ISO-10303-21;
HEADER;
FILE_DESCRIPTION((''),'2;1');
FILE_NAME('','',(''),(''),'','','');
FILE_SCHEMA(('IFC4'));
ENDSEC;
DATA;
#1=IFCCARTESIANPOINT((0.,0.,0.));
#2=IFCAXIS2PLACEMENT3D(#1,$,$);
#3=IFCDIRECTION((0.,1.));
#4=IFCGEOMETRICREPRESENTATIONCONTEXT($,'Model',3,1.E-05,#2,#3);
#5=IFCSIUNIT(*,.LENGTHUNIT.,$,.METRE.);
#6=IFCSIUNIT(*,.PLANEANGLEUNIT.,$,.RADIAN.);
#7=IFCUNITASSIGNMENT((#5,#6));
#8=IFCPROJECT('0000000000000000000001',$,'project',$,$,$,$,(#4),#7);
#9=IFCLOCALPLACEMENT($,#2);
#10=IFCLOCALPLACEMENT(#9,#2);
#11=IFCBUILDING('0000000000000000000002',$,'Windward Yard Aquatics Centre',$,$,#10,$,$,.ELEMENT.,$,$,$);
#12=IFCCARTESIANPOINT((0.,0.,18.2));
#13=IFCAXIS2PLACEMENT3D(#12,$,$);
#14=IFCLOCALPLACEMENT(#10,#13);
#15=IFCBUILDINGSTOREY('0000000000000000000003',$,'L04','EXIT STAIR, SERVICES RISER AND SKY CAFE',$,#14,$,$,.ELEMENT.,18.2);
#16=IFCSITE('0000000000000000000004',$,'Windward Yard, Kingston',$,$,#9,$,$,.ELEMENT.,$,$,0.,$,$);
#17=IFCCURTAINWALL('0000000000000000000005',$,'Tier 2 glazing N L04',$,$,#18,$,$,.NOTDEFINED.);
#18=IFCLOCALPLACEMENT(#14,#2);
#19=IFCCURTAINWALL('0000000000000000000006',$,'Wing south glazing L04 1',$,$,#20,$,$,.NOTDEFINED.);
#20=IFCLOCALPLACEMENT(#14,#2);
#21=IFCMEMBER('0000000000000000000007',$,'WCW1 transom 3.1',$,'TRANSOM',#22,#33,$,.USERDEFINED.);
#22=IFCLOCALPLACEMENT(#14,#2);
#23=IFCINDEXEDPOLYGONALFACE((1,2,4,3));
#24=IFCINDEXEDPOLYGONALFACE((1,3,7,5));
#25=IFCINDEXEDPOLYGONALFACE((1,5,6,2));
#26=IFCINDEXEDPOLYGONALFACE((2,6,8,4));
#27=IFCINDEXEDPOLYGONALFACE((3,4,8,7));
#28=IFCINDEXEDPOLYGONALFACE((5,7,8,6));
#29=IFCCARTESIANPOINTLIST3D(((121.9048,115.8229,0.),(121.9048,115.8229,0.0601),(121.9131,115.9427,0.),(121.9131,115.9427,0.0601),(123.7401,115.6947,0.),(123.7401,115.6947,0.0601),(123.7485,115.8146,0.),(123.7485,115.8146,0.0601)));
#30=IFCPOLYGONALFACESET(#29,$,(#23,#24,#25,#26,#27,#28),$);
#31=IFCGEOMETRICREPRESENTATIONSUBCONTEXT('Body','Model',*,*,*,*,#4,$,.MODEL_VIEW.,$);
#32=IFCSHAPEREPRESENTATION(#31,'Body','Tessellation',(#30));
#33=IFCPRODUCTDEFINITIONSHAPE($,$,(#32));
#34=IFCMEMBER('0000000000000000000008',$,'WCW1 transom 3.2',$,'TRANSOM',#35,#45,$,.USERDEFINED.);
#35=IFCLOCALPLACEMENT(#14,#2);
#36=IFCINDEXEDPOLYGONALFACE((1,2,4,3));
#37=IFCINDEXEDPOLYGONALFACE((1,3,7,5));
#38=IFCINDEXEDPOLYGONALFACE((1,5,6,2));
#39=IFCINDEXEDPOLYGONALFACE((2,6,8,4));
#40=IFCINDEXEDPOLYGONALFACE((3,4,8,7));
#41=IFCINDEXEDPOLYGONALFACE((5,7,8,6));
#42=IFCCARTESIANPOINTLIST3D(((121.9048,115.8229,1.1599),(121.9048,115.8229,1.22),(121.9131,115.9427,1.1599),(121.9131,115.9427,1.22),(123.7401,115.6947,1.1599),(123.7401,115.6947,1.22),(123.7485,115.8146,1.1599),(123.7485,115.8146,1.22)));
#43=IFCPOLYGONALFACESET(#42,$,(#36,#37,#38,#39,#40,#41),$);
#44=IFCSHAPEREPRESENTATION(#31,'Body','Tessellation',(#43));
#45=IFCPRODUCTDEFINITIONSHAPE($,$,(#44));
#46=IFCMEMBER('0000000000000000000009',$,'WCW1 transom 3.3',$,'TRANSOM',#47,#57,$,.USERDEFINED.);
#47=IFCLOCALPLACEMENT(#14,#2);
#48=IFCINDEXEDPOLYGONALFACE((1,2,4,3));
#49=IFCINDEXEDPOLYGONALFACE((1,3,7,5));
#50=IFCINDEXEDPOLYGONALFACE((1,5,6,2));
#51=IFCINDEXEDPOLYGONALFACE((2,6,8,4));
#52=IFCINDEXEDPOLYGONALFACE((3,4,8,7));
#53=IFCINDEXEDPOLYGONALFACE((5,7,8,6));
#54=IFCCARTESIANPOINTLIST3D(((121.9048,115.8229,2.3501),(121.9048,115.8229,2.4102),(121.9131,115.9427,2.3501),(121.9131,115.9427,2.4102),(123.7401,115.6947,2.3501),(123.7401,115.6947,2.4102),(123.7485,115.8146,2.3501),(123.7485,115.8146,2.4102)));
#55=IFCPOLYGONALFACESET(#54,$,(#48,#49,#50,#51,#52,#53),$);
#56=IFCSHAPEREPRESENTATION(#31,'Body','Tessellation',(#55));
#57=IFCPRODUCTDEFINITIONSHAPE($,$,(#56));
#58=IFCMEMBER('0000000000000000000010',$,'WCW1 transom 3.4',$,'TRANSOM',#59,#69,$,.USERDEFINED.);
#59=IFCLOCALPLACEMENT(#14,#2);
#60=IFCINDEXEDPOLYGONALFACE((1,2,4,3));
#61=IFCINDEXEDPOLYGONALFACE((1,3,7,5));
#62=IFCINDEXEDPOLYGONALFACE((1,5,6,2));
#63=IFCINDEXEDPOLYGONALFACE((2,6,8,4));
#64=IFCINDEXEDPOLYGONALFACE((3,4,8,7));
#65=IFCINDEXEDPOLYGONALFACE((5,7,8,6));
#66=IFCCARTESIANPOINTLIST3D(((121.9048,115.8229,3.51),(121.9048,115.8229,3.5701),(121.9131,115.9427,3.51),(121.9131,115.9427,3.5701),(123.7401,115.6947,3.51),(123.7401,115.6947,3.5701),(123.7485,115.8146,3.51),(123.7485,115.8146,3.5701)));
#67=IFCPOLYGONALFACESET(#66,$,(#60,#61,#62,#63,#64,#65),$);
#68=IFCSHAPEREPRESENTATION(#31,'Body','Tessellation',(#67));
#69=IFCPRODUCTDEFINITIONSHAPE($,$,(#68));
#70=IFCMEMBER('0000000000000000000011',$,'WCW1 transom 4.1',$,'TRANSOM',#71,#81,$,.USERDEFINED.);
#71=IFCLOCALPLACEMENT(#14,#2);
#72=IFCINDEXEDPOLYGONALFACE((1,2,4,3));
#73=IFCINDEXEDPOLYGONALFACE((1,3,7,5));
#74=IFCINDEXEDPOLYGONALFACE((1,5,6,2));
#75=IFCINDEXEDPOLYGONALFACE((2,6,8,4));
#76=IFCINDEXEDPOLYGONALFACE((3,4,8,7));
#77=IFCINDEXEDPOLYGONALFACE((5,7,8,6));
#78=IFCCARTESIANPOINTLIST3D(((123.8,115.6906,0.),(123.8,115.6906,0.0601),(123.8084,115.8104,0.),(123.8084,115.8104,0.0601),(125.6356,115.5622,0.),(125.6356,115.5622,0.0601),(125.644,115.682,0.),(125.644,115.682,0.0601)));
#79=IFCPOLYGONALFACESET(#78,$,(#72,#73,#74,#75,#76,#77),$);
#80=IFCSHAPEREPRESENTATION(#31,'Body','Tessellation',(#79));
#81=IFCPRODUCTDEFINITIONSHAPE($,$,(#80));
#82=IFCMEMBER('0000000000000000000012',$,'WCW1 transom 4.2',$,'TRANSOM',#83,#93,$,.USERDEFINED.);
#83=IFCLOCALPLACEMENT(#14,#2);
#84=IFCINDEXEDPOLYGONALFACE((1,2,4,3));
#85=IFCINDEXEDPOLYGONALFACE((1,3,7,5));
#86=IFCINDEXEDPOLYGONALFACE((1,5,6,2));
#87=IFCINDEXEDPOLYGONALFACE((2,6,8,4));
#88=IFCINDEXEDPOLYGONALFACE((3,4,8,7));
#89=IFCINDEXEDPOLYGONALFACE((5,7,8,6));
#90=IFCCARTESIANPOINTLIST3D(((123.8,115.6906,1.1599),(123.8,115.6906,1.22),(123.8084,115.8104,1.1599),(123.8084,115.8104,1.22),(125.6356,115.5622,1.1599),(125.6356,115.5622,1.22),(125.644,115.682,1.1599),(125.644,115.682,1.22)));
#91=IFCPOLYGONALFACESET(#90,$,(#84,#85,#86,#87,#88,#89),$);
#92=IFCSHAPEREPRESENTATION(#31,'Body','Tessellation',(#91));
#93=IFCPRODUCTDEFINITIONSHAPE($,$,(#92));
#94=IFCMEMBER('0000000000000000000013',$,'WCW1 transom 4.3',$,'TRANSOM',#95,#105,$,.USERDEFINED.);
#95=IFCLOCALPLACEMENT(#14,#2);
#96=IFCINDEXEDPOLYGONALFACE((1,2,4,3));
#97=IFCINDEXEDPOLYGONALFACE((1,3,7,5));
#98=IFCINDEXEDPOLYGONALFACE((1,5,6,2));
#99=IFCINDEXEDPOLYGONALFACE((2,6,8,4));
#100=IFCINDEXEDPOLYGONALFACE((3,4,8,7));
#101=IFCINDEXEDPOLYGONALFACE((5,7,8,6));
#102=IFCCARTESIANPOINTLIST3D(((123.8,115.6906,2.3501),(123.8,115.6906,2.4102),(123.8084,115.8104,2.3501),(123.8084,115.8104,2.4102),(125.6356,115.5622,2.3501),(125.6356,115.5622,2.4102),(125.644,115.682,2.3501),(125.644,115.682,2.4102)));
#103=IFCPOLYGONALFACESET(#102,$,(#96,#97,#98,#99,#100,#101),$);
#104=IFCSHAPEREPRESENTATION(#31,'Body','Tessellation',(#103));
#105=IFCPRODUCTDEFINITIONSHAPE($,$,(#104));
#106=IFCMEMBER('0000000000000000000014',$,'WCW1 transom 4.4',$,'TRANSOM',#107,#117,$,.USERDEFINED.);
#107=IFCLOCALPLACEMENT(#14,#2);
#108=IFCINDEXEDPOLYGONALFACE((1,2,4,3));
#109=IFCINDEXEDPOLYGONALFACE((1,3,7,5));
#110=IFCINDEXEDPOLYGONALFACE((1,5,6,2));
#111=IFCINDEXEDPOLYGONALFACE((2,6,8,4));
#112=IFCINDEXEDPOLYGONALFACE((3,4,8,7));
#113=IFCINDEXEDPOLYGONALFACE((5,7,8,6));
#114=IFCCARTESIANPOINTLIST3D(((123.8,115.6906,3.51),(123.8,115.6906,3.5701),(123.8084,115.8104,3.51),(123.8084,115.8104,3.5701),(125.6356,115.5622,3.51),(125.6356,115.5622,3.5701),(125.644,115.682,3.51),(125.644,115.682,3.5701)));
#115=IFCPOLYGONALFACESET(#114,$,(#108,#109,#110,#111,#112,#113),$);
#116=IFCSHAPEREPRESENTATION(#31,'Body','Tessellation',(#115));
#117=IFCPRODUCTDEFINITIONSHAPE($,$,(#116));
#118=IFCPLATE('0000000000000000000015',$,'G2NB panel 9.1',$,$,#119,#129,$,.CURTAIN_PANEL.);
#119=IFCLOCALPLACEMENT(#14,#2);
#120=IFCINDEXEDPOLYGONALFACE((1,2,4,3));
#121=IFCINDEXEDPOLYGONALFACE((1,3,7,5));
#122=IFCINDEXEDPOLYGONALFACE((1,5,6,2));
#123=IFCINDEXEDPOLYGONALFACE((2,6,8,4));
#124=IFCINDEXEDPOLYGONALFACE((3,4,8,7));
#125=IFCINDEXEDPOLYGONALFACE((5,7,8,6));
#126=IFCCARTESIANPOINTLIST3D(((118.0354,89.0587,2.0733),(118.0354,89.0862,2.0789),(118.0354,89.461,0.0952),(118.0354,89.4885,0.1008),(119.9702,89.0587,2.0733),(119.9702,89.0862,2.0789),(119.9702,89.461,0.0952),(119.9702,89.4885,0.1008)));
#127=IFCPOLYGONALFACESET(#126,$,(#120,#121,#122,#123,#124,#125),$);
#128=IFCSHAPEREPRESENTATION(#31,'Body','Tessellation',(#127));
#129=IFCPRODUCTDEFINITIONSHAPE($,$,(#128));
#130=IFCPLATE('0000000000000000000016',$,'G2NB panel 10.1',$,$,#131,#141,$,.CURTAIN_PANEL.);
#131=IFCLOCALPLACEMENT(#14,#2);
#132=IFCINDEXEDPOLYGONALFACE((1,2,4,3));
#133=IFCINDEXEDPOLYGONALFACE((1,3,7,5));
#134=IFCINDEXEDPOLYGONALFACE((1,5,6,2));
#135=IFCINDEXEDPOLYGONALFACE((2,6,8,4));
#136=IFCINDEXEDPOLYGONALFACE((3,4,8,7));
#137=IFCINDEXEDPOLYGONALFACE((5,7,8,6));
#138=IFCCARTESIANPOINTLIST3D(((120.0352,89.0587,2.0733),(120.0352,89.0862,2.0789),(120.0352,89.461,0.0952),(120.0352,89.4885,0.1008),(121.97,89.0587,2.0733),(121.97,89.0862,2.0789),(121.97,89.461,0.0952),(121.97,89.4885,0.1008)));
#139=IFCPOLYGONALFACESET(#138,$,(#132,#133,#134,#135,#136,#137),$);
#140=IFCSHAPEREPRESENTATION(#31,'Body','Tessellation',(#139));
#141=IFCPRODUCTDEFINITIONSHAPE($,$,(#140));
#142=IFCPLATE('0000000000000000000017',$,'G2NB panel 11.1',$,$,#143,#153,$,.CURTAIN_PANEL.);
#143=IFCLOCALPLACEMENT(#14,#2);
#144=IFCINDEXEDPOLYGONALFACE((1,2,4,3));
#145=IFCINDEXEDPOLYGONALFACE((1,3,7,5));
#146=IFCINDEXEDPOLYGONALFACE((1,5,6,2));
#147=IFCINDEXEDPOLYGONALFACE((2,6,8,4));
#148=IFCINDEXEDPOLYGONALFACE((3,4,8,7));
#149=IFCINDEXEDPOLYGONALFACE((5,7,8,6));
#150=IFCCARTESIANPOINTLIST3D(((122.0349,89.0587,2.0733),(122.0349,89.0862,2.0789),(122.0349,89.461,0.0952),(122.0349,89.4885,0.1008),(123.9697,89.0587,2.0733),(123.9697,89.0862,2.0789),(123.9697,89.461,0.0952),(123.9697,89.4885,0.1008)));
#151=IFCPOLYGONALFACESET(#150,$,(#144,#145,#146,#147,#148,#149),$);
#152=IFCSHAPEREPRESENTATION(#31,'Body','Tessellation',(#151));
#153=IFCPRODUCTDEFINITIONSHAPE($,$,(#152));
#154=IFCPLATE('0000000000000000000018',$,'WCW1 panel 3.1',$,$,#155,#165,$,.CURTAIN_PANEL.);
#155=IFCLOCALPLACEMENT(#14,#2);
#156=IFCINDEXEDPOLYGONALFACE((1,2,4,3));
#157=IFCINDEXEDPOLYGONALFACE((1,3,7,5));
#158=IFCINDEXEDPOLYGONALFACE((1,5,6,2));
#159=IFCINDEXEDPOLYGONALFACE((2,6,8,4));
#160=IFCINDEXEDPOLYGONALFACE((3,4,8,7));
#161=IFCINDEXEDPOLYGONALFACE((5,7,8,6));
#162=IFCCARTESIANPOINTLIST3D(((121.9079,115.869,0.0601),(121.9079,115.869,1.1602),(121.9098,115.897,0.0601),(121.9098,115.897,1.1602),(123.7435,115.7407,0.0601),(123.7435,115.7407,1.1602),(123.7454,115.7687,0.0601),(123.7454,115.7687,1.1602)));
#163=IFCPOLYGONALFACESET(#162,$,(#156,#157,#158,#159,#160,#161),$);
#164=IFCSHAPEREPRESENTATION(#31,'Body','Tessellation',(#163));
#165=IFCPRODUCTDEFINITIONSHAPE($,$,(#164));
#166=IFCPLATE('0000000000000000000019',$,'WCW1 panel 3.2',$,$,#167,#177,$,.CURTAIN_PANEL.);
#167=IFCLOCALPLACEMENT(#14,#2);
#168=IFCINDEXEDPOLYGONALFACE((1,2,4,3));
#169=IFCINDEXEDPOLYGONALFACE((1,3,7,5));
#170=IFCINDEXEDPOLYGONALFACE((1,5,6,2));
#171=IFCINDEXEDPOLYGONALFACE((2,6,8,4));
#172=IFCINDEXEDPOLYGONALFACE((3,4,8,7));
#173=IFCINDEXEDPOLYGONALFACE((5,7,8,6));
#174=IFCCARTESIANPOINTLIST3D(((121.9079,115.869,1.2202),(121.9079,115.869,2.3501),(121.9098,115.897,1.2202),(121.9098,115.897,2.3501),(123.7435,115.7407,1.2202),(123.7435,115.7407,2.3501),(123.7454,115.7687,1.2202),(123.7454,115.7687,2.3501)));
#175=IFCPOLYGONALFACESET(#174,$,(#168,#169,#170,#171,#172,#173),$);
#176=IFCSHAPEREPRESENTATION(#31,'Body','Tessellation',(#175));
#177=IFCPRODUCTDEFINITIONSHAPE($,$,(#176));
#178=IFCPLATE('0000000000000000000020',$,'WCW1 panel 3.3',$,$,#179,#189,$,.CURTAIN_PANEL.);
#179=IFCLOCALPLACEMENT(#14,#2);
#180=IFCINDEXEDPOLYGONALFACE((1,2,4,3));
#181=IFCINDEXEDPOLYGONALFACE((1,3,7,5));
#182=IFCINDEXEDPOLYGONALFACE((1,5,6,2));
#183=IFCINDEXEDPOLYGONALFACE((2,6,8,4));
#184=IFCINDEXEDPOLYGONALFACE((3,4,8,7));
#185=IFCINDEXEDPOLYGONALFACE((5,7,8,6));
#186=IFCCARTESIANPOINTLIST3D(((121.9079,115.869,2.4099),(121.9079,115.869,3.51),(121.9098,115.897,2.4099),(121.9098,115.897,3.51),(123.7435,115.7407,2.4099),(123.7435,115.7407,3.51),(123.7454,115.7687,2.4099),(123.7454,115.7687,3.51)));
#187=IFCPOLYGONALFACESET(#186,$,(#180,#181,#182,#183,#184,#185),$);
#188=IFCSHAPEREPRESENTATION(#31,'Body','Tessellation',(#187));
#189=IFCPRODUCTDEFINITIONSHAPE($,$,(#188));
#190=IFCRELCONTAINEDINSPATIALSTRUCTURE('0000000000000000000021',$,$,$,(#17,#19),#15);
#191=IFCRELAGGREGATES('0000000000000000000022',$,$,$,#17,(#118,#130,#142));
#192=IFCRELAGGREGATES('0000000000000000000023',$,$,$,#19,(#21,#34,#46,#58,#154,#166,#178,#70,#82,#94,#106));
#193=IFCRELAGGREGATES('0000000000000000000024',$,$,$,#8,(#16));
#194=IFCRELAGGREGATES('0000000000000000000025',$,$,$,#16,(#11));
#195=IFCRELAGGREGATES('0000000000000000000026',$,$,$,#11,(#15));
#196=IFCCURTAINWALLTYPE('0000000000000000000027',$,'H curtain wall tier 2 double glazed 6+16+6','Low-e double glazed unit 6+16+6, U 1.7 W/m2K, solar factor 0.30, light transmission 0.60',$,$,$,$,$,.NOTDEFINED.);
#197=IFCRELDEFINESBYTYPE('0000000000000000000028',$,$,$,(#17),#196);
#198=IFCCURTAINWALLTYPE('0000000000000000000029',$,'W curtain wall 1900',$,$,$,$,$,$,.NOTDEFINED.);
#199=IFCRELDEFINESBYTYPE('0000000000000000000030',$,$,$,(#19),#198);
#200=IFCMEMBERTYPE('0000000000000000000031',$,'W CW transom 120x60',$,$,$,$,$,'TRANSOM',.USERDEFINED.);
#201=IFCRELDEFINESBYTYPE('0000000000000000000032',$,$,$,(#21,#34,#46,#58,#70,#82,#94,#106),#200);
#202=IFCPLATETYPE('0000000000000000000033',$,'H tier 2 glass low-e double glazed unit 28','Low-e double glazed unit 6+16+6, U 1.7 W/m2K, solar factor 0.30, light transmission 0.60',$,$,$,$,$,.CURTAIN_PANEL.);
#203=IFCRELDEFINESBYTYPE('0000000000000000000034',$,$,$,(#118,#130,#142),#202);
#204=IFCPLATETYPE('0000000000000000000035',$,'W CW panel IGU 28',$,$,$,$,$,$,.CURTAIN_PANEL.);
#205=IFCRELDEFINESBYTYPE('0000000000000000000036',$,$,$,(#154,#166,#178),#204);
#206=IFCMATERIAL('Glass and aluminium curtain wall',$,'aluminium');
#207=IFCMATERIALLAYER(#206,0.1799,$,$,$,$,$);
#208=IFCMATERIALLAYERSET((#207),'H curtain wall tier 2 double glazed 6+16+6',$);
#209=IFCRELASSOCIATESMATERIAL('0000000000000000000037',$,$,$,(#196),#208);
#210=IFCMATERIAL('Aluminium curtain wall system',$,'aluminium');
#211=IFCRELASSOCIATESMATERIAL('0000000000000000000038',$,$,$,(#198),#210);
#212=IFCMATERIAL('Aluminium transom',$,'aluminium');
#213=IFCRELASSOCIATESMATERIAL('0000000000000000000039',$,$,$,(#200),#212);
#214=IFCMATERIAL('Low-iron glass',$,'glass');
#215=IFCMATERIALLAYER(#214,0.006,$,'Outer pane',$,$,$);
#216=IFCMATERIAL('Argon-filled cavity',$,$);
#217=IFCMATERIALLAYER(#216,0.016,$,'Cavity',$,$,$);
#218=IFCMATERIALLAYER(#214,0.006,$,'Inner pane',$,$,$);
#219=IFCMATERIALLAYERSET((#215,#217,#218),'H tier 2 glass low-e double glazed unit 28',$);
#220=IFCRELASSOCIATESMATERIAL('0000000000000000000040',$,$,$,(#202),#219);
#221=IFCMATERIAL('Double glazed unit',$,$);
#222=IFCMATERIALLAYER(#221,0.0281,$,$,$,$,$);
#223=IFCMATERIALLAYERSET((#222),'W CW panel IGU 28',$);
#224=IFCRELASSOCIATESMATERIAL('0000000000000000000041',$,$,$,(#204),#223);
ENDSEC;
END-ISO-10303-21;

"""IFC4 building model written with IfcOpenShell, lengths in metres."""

from ifc_helpers import new_model, si_unit, direction, frame, origin, origin_2d, place, context, subcontext, project, spatial, polyline, rectangle, outline, extrude, material, layer, layer_set, material_profile, profile_set, type_object, element, aggregate, save


model = new_model("IFC4")

# Units and contexts
model_context = context("Model", 3, precision=1e-05, world=origin(), true_north=direction((0.0, 1.0)))
body_context = subcontext(model_context, "Body", "Model", "MODEL_VIEW")
ifc_project = project(units=[si_unit("LENGTHUNIT", "METRE"), si_unit("PLANEANGLEUNIT", "RADIAN")], contexts=[model_context])

# Site, building, storey
site_placement = place(None, origin())
site = spatial("IfcSite", under=ifc_project, at=site_placement, Name="Windward Yard, Kingston", CompositionType="ELEMENT", RefElevation=0.0)
building_placement = place(site_placement, origin())
building = spatial("IfcBuilding", under=site, at=building_placement, Name="Windward Yard Aquatics Centre", CompositionType="ELEMENT")
storey_placement = place(building_placement, frame((0.0, 0.0, 18.2)))
storey = spatial("IfcBuildingStorey", under=building, at=storey_placement, Name="L04", Description="EXIT STAIR, SERVICES RISER AND SKY CAFE", CompositionType="ELEMENT", Elevation=18.2)

# Curtain wall
ifc_material_1 = material(Name="Glass and aluminium curtain wall", Category="aluminium")
ifc_layer_1 = layer(ifc_material_1, 0.1799)
ifc_layer_set_1 = layer_set([ifc_layer_1], Name="H curtain wall tier 2 double glazed 6+16+6")
curtain_wall_type_1 = type_object("IfcCurtainWallType", Name="H curtain wall tier 2 double glazed 6+16+6", Description="Low-e double glazed unit 6+16+6, U 1.7 W/m2K, solar factor 0.30, light transmission 0.60", PredefinedType="NOTDEFINED", material=ifc_layer_set_1)
curtain_wall_1_placement = place(storey_placement, origin())
curtain_wall_1 = element("IfcCurtainWall", 1, at=curtain_wall_1_placement, inside=storey, type_object=curtain_wall_type_1, Name="Tier 2 glazing N L04", PredefinedType="NOTDEFINED")

# Curtain wall, members
ifc_material_2 = material(Name="Aluminium curtain wall system", Category="aluminium")
curtain_wall_type_2 = type_object("IfcCurtainWallType", Name="W curtain wall 1900", PredefinedType="NOTDEFINED", material=ifc_material_2)
curtain_wall_2_placement = place(storey_placement, origin())
curtain_wall_2 = element("IfcCurtainWall", 2, at=curtain_wall_2_placement, inside=storey, type_object=curtain_wall_type_2, Name="Wing south glazing L04 1", PredefinedType="NOTDEFINED")
ifc_material_3 = material(Name="Aluminium transom", Category="aluminium")
ifc_material_profile_1 = material_profile(ifc_material_3, rectangle(XDim=0.1201, YDim=0.0601, at=origin_2d()), Name="AL 120x60")
ifc_profile_set_1 = profile_set([ifc_material_profile_1], Name="Aluminium transom")
member_type_1 = type_object("IfcMemberType", Name="W CW transom 120x60", ElementType="TRANSOM", PredefinedType="USERDEFINED", material=ifc_profile_set_1)
member_1_placement = place(storey_placement, frame((121.9089, 115.8828, 0.03), z_axis=(0.997571, -0.069663, 0.0), x_axis=(0.069663, 0.997571, 0.0)))
member_1 = element("IfcMember", 3, at=member_1_placement, type_object=member_type_1, Name="WCW1 transom 3.1", ObjectType="TRANSOM", PredefinedType="USERDEFINED", context=body_context, shape_type="SweptSolid", body=[
    extrude(rectangle(XDim=0.1201, YDim=0.0601, at=origin_2d()), origin(), (0.0, 0.0, 1.0), 1.8398),
])
member_2_placement = place(storey_placement, frame((121.9089, 115.8828, 1.1899), z_axis=(0.997571, -0.069663, 0.0), x_axis=(0.069663, 0.997571, 0.0)))
member_2 = element("IfcMember", 4, at=member_2_placement, type_object=member_type_1, Name="WCW1 transom 3.2", ObjectType="TRANSOM", PredefinedType="USERDEFINED", context=body_context, shape_type="SweptSolid", body=[
    extrude(rectangle(XDim=0.1201, YDim=0.0601, at=origin_2d()), origin(), (0.0, 0.0, 1.0), 1.8398),
])
member_3_placement = place(storey_placement, frame((121.9089, 115.8828, 2.3801), z_axis=(0.997571, -0.069663, 0.0), x_axis=(0.069663, 0.997571, 0.0)))
member_3 = element("IfcMember", 5, at=member_3_placement, type_object=member_type_1, Name="WCW1 transom 3.3", ObjectType="TRANSOM", PredefinedType="USERDEFINED", context=body_context, shape_type="SweptSolid", body=[
    extrude(rectangle(XDim=0.1201, YDim=0.0601, at=origin_2d()), origin(), (0.0, 0.0, 1.0), 1.8398),
])
member_4_placement = place(storey_placement, frame((121.9089, 115.8828, 3.54), z_axis=(0.997571, -0.069663, 0.0), x_axis=(0.069663, 0.997571, 0.0)))
member_4 = element("IfcMember", 6, at=member_4_placement, type_object=member_type_1, Name="WCW1 transom 3.4", ObjectType="TRANSOM", PredefinedType="USERDEFINED", context=body_context, shape_type="SweptSolid", body=[
    extrude(rectangle(XDim=0.1201, YDim=0.0601, at=origin_2d()), origin(), (0.0, 0.0, 1.0), 1.8398),
])
member_5_placement = place(storey_placement, frame((123.8042, 115.7505, 0.03), z_axis=(0.997562, -0.069786, 0.0), x_axis=(0.069786, 0.997562, 0.0)))
member_5 = element("IfcMember", 7, at=member_5_placement, type_object=member_type_1, Name="WCW1 transom 4.1", ObjectType="TRANSOM", PredefinedType="USERDEFINED", context=body_context, shape_type="SweptSolid", body=[
    extrude(rectangle(XDim=0.1201, YDim=0.0601, at=origin_2d()), origin(), (0.0, 0.0, 1.0), 1.8401),
])
member_6_placement = place(storey_placement, frame((123.8042, 115.7505, 1.1899), z_axis=(0.997562, -0.069786, 0.0), x_axis=(0.069786, 0.997562, 0.0)))
member_6 = element("IfcMember", 8, at=member_6_placement, type_object=member_type_1, Name="WCW1 transom 4.2", ObjectType="TRANSOM", PredefinedType="USERDEFINED", context=body_context, shape_type="SweptSolid", body=[
    extrude(rectangle(XDim=0.1201, YDim=0.0601, at=origin_2d()), origin(), (0.0, 0.0, 1.0), 1.8401),
])
member_7_placement = place(storey_placement, frame((123.8042, 115.7505, 2.3801), z_axis=(0.997562, -0.069786, 0.0), x_axis=(0.069786, 0.997562, 0.0)))
member_7 = element("IfcMember", 9, at=member_7_placement, type_object=member_type_1, Name="WCW1 transom 4.3", ObjectType="TRANSOM", PredefinedType="USERDEFINED", context=body_context, shape_type="SweptSolid", body=[
    extrude(rectangle(XDim=0.1201, YDim=0.0601, at=origin_2d()), origin(), (0.0, 0.0, 1.0), 1.8401),
])
member_8_placement = place(storey_placement, frame((123.8042, 115.7505, 3.54), z_axis=(0.997562, -0.069786, 0.0), x_axis=(0.069786, 0.997562, 0.0)))
member_8 = element("IfcMember", 10, at=member_8_placement, type_object=member_type_1, Name="WCW1 transom 4.4", ObjectType="TRANSOM", PredefinedType="USERDEFINED", context=body_context, shape_type="SweptSolid", body=[
    extrude(rectangle(XDim=0.1201, YDim=0.0601, at=origin_2d()), origin(), (0.0, 0.0, 1.0), 1.8401),
])

# Plates
ifc_material_4 = material(Name="Low-iron glass", Category="glass")
ifc_layer_2 = layer(ifc_material_4, 0.006, Name="Outer pane")
ifc_material_5 = material(Name="Argon-filled cavity")
ifc_layer_3 = layer(ifc_material_5, 0.016, Name="Cavity")
ifc_layer_4 = layer(ifc_material_4, 0.006, Name="Inner pane")
ifc_layer_set_2 = layer_set([ifc_layer_2, ifc_layer_3, ifc_layer_4], Name="H tier 2 glass low-e double glazed unit 28")
plate_type_1 = type_object("IfcPlateType", Name="H tier 2 glass low-e double glazed unit 28", Description="Low-e double glazed unit 6+16+6, U 1.7 W/m2K, solar factor 0.30, light transmission 0.60", PredefinedType="CURTAIN_PANEL", material=ifc_layer_set_2)
plate_1_placement = place(storey_placement, frame((118.0354, 89.0862, 2.0789), z_axis=(0.0, 0.979933, 0.199325), x_axis=(0.0, 0.199325, -0.979933)))
plate_1 = element("IfcPlate", 11, at=plate_1_placement, type_object=plate_type_1, Name="G2NB panel 9.1", PredefinedType="CURTAIN_PANEL", context=body_context, shape_type="SweptSolid", body=[
    extrude(outline(polyline([(0.0, 0.0), (2.0185, 0.0), (2.0185, -1.9348), (0.0, -1.9348), (0.0, 0.0)])), origin(), (0.0, 0.0, -1.0), 0.0281),
])
plate_2_placement = place(storey_placement, frame((120.0352, 89.0862, 2.0789), z_axis=(0.0, 0.979933, 0.199325), x_axis=(0.0, 0.199325, -0.979933)))
plate_2 = element("IfcPlate", 12, at=plate_2_placement, type_object=plate_type_1, Name="G2NB panel 10.1", PredefinedType="CURTAIN_PANEL", context=body_context, shape_type="SweptSolid", body=[
    extrude(outline(polyline([(0.0, 0.0), (2.0185, 0.0), (2.0185, -1.9348), (0.0, -1.9348), (0.0, 0.0)])), origin(), (0.0, 0.0, -1.0), 0.0281),
])
plate_3_placement = place(storey_placement, frame((122.0349, 89.0862, 2.0789), z_axis=(0.0, 0.979933, 0.199325), x_axis=(0.0, 0.199325, -0.979933)))
plate_3 = element("IfcPlate", 13, at=plate_3_placement, type_object=plate_type_1, Name="G2NB panel 11.1", PredefinedType="CURTAIN_PANEL", context=body_context, shape_type="SweptSolid", body=[
    extrude(outline(polyline([(0.0, 0.0), (2.0185, 0.0), (2.0185, -1.9348), (0.0, -1.9348), (0.0, 0.0)])), origin(), (0.0, 0.0, -1.0), 0.0281),
])
aggregate(curtain_wall_1, [plate_1, plate_2, plate_3])
ifc_material_6 = material(Name="Double glazed unit")
ifc_layer_5 = layer(ifc_material_6, 0.0281)
ifc_layer_set_3 = layer_set([ifc_layer_5], Name="W CW panel IGU 28")
plate_type_2 = type_object("IfcPlateType", Name="W CW panel IGU 28", PredefinedType="CURTAIN_PANEL", material=ifc_layer_set_3)
plate_4_placement = place(storey_placement, frame((122.8267, 115.8188, 0.0601), z_axis=(0.0, 0.0, 1.0), x_axis=(0.997564, -0.069758, 0.0)))
plate_4 = element("IfcPlate", 14, at=plate_4_placement, type_object=plate_type_2, Name="WCW1 panel 3.1", PredefinedType="CURTAIN_PANEL", context=body_context, shape_type="SweptSolid", body=[
    extrude(rectangle(XDim=1.8401, YDim=0.0281, at=origin_2d()), origin(), (0.0, 0.0, 1.0), 1.1001),
])
plate_5_placement = place(storey_placement, frame((122.8267, 115.8188, 1.2202), z_axis=(0.0, 0.0, 1.0), x_axis=(0.997564, -0.069758, 0.0)))
plate_5 = element("IfcPlate", 15, at=plate_5_placement, type_object=plate_type_2, Name="WCW1 panel 3.2", PredefinedType="CURTAIN_PANEL", context=body_context, shape_type="SweptSolid", body=[
    extrude(rectangle(XDim=1.8401, YDim=0.0281, at=origin_2d()), origin(), (0.0, 0.0, 1.0), 1.1299),
])
plate_6_placement = place(storey_placement, frame((122.8267, 115.8188, 2.4099), z_axis=(0.0, 0.0, 1.0), x_axis=(0.997564, -0.069758, 0.0)))
plate_6 = element("IfcPlate", 16, at=plate_6_placement, type_object=plate_type_2, Name="WCW1 panel 3.3", PredefinedType="CURTAIN_PANEL", context=body_context, shape_type="SweptSolid", body=[
    extrude(rectangle(XDim=1.8401, YDim=0.0281, at=origin_2d()), origin(), (0.0, 0.0, 1.0), 1.1001),
])
aggregate(curtain_wall_2, [member_1, member_2, member_3, member_4, plate_4, plate_5, plate_6, member_5, member_6, member_7, member_8])

save(model, "model.ifc")
